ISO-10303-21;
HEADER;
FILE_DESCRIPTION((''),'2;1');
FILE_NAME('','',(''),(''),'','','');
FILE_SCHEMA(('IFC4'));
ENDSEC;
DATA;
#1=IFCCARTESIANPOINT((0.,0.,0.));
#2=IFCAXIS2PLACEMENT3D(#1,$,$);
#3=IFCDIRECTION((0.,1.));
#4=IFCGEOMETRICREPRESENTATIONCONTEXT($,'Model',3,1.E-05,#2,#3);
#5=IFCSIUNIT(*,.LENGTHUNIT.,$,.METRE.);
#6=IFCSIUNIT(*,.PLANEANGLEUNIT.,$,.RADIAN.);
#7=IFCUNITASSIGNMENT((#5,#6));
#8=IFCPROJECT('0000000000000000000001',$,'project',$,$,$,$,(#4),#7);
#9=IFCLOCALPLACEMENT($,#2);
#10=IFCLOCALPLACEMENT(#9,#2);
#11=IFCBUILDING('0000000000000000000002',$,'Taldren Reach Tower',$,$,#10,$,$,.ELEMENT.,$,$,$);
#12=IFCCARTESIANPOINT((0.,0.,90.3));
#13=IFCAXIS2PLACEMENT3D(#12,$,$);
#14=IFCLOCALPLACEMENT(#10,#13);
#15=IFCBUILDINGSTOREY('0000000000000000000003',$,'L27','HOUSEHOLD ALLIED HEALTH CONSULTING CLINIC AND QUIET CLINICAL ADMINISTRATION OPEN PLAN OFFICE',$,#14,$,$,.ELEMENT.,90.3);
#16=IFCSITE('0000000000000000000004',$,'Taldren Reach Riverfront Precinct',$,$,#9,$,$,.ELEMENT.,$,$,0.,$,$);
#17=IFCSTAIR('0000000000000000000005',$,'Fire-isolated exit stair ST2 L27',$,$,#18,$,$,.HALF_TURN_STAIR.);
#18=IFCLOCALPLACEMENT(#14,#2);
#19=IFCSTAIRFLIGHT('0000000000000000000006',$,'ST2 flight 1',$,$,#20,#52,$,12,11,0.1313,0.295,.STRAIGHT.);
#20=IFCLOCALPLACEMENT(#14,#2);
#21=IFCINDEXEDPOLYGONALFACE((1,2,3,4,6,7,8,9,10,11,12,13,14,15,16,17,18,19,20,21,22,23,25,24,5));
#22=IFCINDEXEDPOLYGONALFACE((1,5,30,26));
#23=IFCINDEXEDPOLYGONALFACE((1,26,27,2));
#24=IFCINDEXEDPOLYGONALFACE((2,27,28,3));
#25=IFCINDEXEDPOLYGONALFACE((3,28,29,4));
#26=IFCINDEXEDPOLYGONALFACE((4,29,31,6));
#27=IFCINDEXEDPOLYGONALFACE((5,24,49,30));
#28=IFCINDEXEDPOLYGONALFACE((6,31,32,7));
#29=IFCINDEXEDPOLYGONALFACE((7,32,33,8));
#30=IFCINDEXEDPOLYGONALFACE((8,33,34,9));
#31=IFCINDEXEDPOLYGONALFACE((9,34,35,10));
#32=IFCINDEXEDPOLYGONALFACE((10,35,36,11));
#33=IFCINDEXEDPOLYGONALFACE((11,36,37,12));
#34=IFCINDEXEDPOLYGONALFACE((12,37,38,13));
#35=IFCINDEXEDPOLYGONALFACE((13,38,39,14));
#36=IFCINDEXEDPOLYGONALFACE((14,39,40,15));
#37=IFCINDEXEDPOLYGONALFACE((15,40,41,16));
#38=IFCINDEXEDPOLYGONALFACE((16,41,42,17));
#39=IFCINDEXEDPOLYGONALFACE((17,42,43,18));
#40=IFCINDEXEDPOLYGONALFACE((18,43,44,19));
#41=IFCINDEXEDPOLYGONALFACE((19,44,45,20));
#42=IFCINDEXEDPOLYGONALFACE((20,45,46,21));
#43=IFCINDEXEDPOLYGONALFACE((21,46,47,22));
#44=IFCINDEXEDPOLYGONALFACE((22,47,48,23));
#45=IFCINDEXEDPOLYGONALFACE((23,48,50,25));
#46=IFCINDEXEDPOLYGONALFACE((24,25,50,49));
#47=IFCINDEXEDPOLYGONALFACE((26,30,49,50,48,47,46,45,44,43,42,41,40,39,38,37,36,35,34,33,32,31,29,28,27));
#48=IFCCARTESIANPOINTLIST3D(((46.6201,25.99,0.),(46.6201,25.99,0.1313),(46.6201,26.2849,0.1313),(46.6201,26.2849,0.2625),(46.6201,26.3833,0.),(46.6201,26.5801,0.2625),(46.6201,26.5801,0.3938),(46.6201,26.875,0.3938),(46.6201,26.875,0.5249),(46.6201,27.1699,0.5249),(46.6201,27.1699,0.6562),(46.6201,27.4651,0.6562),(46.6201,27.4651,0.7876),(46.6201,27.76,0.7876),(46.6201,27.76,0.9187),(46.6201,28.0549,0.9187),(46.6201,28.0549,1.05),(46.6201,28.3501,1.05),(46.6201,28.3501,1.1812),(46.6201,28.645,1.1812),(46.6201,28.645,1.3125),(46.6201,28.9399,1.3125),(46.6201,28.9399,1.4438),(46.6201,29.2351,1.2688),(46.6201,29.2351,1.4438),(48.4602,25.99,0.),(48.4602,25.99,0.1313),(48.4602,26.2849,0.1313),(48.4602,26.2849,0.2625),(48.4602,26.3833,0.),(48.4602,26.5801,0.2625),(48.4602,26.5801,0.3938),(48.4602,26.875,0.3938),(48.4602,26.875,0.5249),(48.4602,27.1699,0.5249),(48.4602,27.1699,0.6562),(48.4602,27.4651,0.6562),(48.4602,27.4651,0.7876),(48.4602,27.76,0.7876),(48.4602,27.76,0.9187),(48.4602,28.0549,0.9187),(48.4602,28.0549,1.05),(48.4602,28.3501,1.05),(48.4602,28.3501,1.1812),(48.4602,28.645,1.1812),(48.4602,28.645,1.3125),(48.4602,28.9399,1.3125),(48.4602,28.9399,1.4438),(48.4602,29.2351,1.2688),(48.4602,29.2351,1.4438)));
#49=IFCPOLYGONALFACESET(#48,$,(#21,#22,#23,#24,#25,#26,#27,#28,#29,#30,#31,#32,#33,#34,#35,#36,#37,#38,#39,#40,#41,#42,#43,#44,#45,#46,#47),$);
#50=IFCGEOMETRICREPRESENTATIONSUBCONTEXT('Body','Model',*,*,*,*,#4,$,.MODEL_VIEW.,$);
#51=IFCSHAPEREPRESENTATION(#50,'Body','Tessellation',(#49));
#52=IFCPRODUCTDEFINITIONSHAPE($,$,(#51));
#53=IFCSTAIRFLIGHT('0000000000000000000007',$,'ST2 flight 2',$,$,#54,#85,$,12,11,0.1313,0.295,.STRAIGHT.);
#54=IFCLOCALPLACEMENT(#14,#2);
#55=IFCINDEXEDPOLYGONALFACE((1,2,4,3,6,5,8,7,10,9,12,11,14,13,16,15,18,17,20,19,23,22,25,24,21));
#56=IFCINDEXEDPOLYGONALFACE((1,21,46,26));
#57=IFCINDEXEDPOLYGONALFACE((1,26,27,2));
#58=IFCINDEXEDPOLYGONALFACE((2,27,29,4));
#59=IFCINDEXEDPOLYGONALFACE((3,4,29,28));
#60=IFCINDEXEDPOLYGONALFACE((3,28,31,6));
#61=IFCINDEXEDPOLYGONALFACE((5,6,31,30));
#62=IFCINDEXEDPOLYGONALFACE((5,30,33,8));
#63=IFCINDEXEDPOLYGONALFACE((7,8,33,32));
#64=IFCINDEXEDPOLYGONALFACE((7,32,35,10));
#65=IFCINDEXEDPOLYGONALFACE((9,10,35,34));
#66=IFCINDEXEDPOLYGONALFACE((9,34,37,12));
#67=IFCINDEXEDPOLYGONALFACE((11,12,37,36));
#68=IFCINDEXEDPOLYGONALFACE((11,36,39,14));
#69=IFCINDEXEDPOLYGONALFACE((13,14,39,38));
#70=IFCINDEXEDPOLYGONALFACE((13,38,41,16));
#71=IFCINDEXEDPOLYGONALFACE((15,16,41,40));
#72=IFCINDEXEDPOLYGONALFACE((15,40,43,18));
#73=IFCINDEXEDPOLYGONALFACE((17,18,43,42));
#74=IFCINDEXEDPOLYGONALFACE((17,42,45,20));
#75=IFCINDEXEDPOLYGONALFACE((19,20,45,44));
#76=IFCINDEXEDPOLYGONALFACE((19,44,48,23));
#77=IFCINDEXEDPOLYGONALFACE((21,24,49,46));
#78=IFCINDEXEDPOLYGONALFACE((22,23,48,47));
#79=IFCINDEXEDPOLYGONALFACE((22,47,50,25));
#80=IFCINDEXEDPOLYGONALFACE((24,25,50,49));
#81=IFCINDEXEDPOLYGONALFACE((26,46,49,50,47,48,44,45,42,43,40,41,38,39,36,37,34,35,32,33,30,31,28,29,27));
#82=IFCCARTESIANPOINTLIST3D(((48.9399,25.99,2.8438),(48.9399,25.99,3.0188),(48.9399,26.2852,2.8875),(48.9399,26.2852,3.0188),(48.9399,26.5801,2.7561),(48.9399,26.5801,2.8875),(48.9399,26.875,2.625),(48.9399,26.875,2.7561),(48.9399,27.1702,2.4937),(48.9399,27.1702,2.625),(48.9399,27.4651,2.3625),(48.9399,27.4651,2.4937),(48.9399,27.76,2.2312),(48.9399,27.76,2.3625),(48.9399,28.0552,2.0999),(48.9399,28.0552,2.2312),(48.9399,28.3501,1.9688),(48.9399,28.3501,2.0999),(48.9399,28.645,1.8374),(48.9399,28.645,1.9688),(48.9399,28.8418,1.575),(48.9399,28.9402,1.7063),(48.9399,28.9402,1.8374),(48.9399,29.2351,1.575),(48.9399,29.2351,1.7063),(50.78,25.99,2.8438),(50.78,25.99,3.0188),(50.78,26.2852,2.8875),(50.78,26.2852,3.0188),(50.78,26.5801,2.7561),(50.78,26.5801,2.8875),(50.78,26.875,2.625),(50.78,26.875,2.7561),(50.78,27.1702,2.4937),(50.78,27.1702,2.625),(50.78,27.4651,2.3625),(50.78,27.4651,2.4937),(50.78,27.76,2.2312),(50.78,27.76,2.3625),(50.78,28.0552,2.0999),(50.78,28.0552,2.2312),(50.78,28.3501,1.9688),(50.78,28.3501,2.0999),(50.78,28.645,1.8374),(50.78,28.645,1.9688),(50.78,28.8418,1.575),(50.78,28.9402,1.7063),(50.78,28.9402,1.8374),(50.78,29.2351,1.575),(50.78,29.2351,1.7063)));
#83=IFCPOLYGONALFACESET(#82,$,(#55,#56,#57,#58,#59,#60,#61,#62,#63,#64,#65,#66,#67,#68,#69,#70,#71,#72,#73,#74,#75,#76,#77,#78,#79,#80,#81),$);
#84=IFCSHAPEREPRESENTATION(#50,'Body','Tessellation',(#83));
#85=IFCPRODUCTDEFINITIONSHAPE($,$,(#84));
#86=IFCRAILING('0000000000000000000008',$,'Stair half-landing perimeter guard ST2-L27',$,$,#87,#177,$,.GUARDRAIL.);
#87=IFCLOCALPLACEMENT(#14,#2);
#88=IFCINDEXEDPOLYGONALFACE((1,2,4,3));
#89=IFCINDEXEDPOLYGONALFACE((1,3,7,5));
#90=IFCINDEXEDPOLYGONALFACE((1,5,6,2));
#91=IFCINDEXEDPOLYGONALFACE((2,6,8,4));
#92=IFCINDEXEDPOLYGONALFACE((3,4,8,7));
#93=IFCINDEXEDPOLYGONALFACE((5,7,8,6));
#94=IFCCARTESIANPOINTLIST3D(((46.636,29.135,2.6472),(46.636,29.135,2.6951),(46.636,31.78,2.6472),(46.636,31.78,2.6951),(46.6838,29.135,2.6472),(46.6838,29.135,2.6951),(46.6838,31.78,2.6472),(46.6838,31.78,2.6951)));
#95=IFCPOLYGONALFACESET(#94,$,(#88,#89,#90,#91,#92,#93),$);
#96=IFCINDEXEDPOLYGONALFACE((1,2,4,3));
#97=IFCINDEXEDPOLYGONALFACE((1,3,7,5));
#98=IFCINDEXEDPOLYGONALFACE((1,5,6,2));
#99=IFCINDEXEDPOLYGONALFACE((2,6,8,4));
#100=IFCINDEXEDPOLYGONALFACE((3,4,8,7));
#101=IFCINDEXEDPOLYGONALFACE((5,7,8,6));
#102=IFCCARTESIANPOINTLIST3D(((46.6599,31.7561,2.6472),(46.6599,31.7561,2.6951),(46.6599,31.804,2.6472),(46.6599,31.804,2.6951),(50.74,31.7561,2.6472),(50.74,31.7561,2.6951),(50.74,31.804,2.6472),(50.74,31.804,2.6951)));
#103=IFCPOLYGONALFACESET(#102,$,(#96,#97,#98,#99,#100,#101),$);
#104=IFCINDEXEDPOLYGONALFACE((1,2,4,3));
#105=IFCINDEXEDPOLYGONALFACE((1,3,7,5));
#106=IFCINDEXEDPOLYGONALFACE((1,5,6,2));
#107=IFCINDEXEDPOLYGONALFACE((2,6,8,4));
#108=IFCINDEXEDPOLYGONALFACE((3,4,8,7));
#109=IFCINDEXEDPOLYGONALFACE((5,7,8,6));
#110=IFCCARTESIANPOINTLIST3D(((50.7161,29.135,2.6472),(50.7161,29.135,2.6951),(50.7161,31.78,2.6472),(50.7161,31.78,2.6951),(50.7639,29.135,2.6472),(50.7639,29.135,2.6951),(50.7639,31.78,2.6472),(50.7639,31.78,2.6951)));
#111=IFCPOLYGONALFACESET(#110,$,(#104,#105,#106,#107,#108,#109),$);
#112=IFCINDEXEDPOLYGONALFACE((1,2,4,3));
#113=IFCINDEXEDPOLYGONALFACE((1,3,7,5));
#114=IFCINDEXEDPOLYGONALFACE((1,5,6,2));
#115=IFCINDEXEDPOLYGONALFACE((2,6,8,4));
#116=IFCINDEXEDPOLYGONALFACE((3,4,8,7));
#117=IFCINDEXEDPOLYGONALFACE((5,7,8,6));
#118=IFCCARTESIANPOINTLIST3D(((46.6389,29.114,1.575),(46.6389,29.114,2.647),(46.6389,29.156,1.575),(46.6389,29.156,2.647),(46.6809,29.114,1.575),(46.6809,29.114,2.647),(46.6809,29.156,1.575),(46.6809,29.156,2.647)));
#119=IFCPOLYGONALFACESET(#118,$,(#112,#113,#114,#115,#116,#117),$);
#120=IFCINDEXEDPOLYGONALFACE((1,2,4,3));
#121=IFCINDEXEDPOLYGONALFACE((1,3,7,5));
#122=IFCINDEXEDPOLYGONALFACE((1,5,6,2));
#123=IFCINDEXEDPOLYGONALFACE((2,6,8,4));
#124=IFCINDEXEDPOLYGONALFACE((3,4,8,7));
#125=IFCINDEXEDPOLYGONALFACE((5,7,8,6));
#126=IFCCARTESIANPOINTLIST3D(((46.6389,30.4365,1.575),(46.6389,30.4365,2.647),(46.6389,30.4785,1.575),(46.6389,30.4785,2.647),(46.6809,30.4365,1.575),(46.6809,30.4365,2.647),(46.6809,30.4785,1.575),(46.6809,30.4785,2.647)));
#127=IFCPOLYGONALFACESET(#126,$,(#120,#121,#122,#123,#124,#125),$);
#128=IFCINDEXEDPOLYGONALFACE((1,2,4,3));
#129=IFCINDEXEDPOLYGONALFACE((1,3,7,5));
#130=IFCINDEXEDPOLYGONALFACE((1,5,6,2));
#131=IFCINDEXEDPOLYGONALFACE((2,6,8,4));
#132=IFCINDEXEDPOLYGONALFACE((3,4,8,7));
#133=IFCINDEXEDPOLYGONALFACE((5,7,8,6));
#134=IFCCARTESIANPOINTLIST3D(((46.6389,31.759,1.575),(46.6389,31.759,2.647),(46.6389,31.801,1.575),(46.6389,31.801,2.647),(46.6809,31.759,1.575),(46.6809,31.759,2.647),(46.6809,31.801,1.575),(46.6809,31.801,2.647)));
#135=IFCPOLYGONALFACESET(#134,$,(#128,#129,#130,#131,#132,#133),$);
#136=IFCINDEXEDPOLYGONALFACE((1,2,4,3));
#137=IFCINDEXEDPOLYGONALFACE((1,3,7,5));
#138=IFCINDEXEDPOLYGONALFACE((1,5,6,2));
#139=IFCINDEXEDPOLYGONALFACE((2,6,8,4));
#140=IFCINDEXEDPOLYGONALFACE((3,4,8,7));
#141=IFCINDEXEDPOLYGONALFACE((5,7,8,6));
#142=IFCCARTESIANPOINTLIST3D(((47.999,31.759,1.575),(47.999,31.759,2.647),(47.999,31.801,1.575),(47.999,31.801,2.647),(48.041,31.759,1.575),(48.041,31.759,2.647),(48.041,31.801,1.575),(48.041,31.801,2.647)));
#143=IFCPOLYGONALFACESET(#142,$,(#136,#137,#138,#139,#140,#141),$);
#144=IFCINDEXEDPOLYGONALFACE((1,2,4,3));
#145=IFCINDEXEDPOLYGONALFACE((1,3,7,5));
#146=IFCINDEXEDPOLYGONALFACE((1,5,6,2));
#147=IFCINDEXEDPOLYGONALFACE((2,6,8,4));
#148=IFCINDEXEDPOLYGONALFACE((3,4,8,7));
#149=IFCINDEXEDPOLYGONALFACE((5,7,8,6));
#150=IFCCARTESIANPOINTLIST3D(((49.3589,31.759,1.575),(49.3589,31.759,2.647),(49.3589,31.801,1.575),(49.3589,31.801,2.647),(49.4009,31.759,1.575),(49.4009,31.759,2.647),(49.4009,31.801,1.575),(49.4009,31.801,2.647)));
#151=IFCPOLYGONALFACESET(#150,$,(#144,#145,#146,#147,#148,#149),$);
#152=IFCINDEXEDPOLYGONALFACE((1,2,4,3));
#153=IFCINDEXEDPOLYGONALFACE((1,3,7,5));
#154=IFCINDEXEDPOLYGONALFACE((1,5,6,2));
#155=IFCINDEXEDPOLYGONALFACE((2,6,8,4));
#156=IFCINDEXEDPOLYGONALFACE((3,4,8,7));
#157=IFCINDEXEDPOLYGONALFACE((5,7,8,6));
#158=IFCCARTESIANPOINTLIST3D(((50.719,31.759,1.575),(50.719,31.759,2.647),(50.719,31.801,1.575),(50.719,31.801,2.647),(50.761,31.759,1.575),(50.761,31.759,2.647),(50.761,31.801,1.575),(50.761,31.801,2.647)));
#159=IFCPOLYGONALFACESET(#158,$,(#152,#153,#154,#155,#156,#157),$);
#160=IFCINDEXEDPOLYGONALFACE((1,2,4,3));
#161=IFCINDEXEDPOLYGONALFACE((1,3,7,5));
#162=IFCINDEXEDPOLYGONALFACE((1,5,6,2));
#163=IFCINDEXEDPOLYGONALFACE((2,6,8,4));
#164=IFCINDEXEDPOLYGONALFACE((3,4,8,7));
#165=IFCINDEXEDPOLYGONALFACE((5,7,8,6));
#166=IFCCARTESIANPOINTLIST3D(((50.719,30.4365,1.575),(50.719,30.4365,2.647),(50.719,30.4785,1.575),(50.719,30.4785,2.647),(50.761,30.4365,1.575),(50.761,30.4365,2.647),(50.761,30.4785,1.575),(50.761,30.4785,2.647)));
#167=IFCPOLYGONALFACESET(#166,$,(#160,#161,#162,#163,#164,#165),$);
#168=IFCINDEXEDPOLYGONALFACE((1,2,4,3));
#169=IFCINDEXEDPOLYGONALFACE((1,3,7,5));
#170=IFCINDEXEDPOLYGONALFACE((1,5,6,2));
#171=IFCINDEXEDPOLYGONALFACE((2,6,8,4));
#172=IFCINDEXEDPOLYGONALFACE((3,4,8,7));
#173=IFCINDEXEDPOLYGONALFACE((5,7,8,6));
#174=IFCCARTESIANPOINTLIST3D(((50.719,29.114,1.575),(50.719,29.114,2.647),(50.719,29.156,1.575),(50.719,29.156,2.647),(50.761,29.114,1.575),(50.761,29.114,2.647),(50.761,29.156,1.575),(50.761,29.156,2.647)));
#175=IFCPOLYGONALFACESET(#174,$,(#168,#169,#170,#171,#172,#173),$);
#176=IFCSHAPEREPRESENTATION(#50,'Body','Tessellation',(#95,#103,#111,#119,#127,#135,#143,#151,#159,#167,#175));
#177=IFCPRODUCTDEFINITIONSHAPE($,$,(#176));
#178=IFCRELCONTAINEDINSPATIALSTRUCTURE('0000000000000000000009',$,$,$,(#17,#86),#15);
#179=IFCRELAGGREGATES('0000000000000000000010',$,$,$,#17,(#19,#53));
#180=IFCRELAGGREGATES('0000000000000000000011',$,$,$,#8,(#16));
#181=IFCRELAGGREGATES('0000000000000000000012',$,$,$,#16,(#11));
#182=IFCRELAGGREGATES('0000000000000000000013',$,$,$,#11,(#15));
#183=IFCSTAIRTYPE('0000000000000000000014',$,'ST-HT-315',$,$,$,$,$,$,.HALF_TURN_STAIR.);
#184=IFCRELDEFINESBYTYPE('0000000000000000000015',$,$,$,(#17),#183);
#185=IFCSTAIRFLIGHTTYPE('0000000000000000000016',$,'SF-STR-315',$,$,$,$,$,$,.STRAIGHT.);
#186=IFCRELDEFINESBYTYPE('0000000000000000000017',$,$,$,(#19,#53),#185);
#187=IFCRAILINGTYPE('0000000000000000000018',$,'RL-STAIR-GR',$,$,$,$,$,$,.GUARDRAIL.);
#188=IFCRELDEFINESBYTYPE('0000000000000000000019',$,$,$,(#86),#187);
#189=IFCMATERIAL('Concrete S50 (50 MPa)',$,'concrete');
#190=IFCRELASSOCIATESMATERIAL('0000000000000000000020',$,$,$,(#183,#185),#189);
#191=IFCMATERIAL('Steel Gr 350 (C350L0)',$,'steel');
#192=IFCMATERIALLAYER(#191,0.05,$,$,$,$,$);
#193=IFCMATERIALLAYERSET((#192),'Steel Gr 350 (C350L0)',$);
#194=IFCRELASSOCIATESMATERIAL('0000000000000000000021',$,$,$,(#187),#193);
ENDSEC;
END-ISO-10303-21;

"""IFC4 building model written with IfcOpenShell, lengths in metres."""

from ifc_helpers import new_model, si_unit, direction, frame, origin, origin_2d, place, context, subcontext, project, spatial, polyline, rectangle, outline, extrude, material, layer, layer_set, type_object, element, aggregate, save


model = new_model("IFC4")

# Units and contexts
model_context = context("Model", 3, precision=1e-05, world=origin(), true_north=direction((0.0, 1.0)))
body_context = subcontext(model_context, "Body", "Model", "MODEL_VIEW")
ifc_project = project(units=[si_unit("LENGTHUNIT", "METRE"), si_unit("PLANEANGLEUNIT", "RADIAN")], contexts=[model_context])

# Site, building, storey
site_placement = place(None, origin())
site = spatial("IfcSite", under=ifc_project, at=site_placement, Name="Taldren Reach Riverfront Precinct", CompositionType="ELEMENT", RefElevation=0.0)
building_placement = place(site_placement, origin())
building = spatial("IfcBuilding", under=site, at=building_placement, Name="Taldren Reach Tower", CompositionType="ELEMENT")
storey_placement = place(building_placement, frame((0.0, 0.0, 90.3)))
storey = spatial("IfcBuildingStorey", under=building, at=storey_placement, Name="L27", Description="HOUSEHOLD ALLIED HEALTH CONSULTING CLINIC AND QUIET CLINICAL ADMINISTRATION OPEN PLAN OFFICE", CompositionType="ELEMENT", Elevation=90.3)

# Shared definitions
ifc_material_1 = material(Name="Steel Gr 350 (C350L0)", Category="steel")

# Shared definitions
ifc_material_2 = material(Name="Concrete S50 (50 MPa)", Category="concrete")

# Stair, stair flights
stair_type = type_object("IfcStairType", Name="ST-HT-315", PredefinedType="HALF_TURN_STAIR", material=ifc_material_2)
stair_placement = place(storey_placement, origin())
stair = element("IfcStair", 1, at=stair_placement, inside=storey, type_object=stair_type, Name="Fire-isolated exit stair ST2 L27", PredefinedType="HALF_TURN_STAIR")
stair_flight_type = type_object("IfcStairFlightType", Name="SF-STR-315", PredefinedType="STRAIGHT", material=ifc_material_2)
stair_flight_1_placement = place(storey_placement, frame((47.54, 25.99, 0.0), z_axis=(0.0, 0.0, 1.0), x_axis=(0.0, 1.0, 0.0)))
stair_flight_1 = element("IfcStairFlight", 2, at=stair_flight_1_placement, type_object=stair_flight_type, Name="ST2 flight 1", NumberOfRisers=12, NumberOfTreads=11, PredefinedType="STRAIGHT", RiserHeight=0.1313, TreadLength=0.295, context=body_context, shape_type="SweptSolid", body=[
    extrude(outline(polyline([(0.0, 0.0), (0.0, 0.1313), (0.2949, 0.1313), (0.2949, 0.2625), (0.5901, 0.2625), (0.5901, 0.3938), (0.885, 0.3938), (0.885, 0.5249), (1.1799, 0.5249), (1.1799, 0.6562), (1.4751, 0.6562), (1.4751, 0.7876), (1.77, 0.7876), (1.77, 0.9187), (2.0649, 0.9187), (2.0649, 1.05), (2.3601, 1.05), (2.3601, 1.1812), (2.655, 1.1812), (2.655, 1.3125), (2.95, 1.3125), (2.95, 1.4438), (3.2451, 1.4438), (3.2451, 1.575), (3.2451, 1.2688), (0.3933, 0.0), (0.0, 0.0)])), frame((0.0, 0.9199, 0.0), z_axis=(0.0, -1.0, 0.0), x_axis=(1.0, 0.0, 0.0)), (0.0, 0.0, 1.0), 1.8401),
])
stair_flight_2_placement = place(storey_placement, frame((49.8601, 29.2351, 1.575), z_axis=(0.0, 0.0, 1.0), x_axis=(0.0, -1.0, 0.0)))
stair_flight_2 = element("IfcStairFlight", 3, at=stair_flight_2_placement, type_object=stair_flight_type, Name="ST2 flight 2", NumberOfRisers=12, NumberOfTreads=11, PredefinedType="STRAIGHT", RiserHeight=0.1313, TreadLength=0.295, context=body_context, shape_type="SweptSolid", body=[
    extrude(outline(polyline([(0.0, 0.0), (0.0, 0.1313), (0.2949, 0.1313), (0.2949, 0.2625), (0.5901, 0.2625), (0.5901, 0.3938), (0.885, 0.3938), (0.885, 0.5249), (1.1799, 0.5249), (1.1799, 0.6562), (1.4751, 0.6562), (1.4751, 0.7876), (1.77, 0.7876), (1.77, 0.9187), (2.0649, 0.9187), (2.0649, 1.05), (2.3601, 1.05), (2.3601, 1.1812), (2.655, 1.1812), (2.655, 1.3125), (2.95, 1.3125), (2.95, 1.4438), (3.2451, 1.4438), (3.2451, 1.575), (3.2451, 1.2688), (0.3933, 0.0), (0.0, 0.0)])), frame((0.0, 0.9199, 0.0), z_axis=(0.0, -1.0, 0.0), x_axis=(1.0, 0.0, 0.0)), (0.0, 0.0, 1.0), 1.8401),
])
aggregate(stair, [stair_flight_1, stair_flight_2])

# Railing
ifc_layer_1 = layer(ifc_material_1, 0.05)
ifc_layer_set_1 = layer_set([ifc_layer_1], Name="Steel Gr 350 (C350L0)")
railing_type_1 = type_object("IfcRailingType", Name="RL-STAIR-GR", PredefinedType="GUARDRAIL", material=ifc_layer_set_1)
railing_1_placement = place(storey_placement, frame((46.6599, 29.135, 1.575)))
element("IfcRailing", 4, at=railing_1_placement, inside=storey, type_object=railing_type_1, Name="Stair half-landing perimeter guard ST2-L27", PredefinedType="GUARDRAIL", context=body_context, shape_type="SweptSolid", body=[
    extrude(rectangle(XDim=0.0479, YDim=0.0479, at=origin_2d()), frame((0.0, 0.0, 1.0962), z_axis=(0.0, 1.0, 0.0), x_axis=(-1.0, 0.0, 0.0)), (0.0, 0.0, 1.0), 2.645),
    extrude(rectangle(XDim=0.0479, YDim=0.0479, at=origin_2d()), frame((0.0, 2.645, 1.0962), z_axis=(1.0, 0.0, 0.0), x_axis=(0.0, 1.0, 0.0)), (0.0, 0.0, 1.0), 4.0801),
    extrude(rectangle(XDim=0.0479, YDim=0.0479, at=origin_2d()), frame((4.0801, 2.645, 1.0962), z_axis=(0.0, -1.0, 0.0), x_axis=(1.0, 0.0, 0.0)), (0.0, 0.0, 1.0), 2.645),
    extrude(rectangle(XDim=0.042, YDim=0.042, at=origin_2d()), origin(), (0.0, 0.0, 1.0), 1.072),
    extrude(rectangle(XDim=0.042, YDim=0.042, at=origin_2d()), frame((0.0, 1.3225, 0.0)), (0.0, 0.0, 1.0), 1.072),
    extrude(rectangle(XDim=0.042, YDim=0.042, at=origin_2d()), frame((0.0, 2.645, 0.0)), (0.0, 0.0, 1.0), 1.072),
    extrude(rectangle(XDim=0.042, YDim=0.042, at=origin_2d()), frame((1.3601, 2.645, 0.0)), (0.0, 0.0, 1.0), 1.072),
    extrude(rectangle(XDim=0.042, YDim=0.042, at=origin_2d()), frame((2.72, 2.645, 0.0)), (0.0, 0.0, 1.0), 1.072),
    extrude(rectangle(XDim=0.042, YDim=0.042, at=origin_2d()), frame((4.0801, 2.645, 0.0)), (0.0, 0.0, 1.0), 1.072),
    extrude(rectangle(XDim=0.042, YDim=0.042, at=origin_2d()), frame((4.0801, 1.3225, 0.0)), (0.0, 0.0, 1.0), 1.072),
    extrude(rectangle(XDim=0.042, YDim=0.042, at=origin_2d()), frame((4.0801, 0.0, 0.0)), (0.0, 0.0, 1.0), 1.072),
])

save(model, "model.ifc")
